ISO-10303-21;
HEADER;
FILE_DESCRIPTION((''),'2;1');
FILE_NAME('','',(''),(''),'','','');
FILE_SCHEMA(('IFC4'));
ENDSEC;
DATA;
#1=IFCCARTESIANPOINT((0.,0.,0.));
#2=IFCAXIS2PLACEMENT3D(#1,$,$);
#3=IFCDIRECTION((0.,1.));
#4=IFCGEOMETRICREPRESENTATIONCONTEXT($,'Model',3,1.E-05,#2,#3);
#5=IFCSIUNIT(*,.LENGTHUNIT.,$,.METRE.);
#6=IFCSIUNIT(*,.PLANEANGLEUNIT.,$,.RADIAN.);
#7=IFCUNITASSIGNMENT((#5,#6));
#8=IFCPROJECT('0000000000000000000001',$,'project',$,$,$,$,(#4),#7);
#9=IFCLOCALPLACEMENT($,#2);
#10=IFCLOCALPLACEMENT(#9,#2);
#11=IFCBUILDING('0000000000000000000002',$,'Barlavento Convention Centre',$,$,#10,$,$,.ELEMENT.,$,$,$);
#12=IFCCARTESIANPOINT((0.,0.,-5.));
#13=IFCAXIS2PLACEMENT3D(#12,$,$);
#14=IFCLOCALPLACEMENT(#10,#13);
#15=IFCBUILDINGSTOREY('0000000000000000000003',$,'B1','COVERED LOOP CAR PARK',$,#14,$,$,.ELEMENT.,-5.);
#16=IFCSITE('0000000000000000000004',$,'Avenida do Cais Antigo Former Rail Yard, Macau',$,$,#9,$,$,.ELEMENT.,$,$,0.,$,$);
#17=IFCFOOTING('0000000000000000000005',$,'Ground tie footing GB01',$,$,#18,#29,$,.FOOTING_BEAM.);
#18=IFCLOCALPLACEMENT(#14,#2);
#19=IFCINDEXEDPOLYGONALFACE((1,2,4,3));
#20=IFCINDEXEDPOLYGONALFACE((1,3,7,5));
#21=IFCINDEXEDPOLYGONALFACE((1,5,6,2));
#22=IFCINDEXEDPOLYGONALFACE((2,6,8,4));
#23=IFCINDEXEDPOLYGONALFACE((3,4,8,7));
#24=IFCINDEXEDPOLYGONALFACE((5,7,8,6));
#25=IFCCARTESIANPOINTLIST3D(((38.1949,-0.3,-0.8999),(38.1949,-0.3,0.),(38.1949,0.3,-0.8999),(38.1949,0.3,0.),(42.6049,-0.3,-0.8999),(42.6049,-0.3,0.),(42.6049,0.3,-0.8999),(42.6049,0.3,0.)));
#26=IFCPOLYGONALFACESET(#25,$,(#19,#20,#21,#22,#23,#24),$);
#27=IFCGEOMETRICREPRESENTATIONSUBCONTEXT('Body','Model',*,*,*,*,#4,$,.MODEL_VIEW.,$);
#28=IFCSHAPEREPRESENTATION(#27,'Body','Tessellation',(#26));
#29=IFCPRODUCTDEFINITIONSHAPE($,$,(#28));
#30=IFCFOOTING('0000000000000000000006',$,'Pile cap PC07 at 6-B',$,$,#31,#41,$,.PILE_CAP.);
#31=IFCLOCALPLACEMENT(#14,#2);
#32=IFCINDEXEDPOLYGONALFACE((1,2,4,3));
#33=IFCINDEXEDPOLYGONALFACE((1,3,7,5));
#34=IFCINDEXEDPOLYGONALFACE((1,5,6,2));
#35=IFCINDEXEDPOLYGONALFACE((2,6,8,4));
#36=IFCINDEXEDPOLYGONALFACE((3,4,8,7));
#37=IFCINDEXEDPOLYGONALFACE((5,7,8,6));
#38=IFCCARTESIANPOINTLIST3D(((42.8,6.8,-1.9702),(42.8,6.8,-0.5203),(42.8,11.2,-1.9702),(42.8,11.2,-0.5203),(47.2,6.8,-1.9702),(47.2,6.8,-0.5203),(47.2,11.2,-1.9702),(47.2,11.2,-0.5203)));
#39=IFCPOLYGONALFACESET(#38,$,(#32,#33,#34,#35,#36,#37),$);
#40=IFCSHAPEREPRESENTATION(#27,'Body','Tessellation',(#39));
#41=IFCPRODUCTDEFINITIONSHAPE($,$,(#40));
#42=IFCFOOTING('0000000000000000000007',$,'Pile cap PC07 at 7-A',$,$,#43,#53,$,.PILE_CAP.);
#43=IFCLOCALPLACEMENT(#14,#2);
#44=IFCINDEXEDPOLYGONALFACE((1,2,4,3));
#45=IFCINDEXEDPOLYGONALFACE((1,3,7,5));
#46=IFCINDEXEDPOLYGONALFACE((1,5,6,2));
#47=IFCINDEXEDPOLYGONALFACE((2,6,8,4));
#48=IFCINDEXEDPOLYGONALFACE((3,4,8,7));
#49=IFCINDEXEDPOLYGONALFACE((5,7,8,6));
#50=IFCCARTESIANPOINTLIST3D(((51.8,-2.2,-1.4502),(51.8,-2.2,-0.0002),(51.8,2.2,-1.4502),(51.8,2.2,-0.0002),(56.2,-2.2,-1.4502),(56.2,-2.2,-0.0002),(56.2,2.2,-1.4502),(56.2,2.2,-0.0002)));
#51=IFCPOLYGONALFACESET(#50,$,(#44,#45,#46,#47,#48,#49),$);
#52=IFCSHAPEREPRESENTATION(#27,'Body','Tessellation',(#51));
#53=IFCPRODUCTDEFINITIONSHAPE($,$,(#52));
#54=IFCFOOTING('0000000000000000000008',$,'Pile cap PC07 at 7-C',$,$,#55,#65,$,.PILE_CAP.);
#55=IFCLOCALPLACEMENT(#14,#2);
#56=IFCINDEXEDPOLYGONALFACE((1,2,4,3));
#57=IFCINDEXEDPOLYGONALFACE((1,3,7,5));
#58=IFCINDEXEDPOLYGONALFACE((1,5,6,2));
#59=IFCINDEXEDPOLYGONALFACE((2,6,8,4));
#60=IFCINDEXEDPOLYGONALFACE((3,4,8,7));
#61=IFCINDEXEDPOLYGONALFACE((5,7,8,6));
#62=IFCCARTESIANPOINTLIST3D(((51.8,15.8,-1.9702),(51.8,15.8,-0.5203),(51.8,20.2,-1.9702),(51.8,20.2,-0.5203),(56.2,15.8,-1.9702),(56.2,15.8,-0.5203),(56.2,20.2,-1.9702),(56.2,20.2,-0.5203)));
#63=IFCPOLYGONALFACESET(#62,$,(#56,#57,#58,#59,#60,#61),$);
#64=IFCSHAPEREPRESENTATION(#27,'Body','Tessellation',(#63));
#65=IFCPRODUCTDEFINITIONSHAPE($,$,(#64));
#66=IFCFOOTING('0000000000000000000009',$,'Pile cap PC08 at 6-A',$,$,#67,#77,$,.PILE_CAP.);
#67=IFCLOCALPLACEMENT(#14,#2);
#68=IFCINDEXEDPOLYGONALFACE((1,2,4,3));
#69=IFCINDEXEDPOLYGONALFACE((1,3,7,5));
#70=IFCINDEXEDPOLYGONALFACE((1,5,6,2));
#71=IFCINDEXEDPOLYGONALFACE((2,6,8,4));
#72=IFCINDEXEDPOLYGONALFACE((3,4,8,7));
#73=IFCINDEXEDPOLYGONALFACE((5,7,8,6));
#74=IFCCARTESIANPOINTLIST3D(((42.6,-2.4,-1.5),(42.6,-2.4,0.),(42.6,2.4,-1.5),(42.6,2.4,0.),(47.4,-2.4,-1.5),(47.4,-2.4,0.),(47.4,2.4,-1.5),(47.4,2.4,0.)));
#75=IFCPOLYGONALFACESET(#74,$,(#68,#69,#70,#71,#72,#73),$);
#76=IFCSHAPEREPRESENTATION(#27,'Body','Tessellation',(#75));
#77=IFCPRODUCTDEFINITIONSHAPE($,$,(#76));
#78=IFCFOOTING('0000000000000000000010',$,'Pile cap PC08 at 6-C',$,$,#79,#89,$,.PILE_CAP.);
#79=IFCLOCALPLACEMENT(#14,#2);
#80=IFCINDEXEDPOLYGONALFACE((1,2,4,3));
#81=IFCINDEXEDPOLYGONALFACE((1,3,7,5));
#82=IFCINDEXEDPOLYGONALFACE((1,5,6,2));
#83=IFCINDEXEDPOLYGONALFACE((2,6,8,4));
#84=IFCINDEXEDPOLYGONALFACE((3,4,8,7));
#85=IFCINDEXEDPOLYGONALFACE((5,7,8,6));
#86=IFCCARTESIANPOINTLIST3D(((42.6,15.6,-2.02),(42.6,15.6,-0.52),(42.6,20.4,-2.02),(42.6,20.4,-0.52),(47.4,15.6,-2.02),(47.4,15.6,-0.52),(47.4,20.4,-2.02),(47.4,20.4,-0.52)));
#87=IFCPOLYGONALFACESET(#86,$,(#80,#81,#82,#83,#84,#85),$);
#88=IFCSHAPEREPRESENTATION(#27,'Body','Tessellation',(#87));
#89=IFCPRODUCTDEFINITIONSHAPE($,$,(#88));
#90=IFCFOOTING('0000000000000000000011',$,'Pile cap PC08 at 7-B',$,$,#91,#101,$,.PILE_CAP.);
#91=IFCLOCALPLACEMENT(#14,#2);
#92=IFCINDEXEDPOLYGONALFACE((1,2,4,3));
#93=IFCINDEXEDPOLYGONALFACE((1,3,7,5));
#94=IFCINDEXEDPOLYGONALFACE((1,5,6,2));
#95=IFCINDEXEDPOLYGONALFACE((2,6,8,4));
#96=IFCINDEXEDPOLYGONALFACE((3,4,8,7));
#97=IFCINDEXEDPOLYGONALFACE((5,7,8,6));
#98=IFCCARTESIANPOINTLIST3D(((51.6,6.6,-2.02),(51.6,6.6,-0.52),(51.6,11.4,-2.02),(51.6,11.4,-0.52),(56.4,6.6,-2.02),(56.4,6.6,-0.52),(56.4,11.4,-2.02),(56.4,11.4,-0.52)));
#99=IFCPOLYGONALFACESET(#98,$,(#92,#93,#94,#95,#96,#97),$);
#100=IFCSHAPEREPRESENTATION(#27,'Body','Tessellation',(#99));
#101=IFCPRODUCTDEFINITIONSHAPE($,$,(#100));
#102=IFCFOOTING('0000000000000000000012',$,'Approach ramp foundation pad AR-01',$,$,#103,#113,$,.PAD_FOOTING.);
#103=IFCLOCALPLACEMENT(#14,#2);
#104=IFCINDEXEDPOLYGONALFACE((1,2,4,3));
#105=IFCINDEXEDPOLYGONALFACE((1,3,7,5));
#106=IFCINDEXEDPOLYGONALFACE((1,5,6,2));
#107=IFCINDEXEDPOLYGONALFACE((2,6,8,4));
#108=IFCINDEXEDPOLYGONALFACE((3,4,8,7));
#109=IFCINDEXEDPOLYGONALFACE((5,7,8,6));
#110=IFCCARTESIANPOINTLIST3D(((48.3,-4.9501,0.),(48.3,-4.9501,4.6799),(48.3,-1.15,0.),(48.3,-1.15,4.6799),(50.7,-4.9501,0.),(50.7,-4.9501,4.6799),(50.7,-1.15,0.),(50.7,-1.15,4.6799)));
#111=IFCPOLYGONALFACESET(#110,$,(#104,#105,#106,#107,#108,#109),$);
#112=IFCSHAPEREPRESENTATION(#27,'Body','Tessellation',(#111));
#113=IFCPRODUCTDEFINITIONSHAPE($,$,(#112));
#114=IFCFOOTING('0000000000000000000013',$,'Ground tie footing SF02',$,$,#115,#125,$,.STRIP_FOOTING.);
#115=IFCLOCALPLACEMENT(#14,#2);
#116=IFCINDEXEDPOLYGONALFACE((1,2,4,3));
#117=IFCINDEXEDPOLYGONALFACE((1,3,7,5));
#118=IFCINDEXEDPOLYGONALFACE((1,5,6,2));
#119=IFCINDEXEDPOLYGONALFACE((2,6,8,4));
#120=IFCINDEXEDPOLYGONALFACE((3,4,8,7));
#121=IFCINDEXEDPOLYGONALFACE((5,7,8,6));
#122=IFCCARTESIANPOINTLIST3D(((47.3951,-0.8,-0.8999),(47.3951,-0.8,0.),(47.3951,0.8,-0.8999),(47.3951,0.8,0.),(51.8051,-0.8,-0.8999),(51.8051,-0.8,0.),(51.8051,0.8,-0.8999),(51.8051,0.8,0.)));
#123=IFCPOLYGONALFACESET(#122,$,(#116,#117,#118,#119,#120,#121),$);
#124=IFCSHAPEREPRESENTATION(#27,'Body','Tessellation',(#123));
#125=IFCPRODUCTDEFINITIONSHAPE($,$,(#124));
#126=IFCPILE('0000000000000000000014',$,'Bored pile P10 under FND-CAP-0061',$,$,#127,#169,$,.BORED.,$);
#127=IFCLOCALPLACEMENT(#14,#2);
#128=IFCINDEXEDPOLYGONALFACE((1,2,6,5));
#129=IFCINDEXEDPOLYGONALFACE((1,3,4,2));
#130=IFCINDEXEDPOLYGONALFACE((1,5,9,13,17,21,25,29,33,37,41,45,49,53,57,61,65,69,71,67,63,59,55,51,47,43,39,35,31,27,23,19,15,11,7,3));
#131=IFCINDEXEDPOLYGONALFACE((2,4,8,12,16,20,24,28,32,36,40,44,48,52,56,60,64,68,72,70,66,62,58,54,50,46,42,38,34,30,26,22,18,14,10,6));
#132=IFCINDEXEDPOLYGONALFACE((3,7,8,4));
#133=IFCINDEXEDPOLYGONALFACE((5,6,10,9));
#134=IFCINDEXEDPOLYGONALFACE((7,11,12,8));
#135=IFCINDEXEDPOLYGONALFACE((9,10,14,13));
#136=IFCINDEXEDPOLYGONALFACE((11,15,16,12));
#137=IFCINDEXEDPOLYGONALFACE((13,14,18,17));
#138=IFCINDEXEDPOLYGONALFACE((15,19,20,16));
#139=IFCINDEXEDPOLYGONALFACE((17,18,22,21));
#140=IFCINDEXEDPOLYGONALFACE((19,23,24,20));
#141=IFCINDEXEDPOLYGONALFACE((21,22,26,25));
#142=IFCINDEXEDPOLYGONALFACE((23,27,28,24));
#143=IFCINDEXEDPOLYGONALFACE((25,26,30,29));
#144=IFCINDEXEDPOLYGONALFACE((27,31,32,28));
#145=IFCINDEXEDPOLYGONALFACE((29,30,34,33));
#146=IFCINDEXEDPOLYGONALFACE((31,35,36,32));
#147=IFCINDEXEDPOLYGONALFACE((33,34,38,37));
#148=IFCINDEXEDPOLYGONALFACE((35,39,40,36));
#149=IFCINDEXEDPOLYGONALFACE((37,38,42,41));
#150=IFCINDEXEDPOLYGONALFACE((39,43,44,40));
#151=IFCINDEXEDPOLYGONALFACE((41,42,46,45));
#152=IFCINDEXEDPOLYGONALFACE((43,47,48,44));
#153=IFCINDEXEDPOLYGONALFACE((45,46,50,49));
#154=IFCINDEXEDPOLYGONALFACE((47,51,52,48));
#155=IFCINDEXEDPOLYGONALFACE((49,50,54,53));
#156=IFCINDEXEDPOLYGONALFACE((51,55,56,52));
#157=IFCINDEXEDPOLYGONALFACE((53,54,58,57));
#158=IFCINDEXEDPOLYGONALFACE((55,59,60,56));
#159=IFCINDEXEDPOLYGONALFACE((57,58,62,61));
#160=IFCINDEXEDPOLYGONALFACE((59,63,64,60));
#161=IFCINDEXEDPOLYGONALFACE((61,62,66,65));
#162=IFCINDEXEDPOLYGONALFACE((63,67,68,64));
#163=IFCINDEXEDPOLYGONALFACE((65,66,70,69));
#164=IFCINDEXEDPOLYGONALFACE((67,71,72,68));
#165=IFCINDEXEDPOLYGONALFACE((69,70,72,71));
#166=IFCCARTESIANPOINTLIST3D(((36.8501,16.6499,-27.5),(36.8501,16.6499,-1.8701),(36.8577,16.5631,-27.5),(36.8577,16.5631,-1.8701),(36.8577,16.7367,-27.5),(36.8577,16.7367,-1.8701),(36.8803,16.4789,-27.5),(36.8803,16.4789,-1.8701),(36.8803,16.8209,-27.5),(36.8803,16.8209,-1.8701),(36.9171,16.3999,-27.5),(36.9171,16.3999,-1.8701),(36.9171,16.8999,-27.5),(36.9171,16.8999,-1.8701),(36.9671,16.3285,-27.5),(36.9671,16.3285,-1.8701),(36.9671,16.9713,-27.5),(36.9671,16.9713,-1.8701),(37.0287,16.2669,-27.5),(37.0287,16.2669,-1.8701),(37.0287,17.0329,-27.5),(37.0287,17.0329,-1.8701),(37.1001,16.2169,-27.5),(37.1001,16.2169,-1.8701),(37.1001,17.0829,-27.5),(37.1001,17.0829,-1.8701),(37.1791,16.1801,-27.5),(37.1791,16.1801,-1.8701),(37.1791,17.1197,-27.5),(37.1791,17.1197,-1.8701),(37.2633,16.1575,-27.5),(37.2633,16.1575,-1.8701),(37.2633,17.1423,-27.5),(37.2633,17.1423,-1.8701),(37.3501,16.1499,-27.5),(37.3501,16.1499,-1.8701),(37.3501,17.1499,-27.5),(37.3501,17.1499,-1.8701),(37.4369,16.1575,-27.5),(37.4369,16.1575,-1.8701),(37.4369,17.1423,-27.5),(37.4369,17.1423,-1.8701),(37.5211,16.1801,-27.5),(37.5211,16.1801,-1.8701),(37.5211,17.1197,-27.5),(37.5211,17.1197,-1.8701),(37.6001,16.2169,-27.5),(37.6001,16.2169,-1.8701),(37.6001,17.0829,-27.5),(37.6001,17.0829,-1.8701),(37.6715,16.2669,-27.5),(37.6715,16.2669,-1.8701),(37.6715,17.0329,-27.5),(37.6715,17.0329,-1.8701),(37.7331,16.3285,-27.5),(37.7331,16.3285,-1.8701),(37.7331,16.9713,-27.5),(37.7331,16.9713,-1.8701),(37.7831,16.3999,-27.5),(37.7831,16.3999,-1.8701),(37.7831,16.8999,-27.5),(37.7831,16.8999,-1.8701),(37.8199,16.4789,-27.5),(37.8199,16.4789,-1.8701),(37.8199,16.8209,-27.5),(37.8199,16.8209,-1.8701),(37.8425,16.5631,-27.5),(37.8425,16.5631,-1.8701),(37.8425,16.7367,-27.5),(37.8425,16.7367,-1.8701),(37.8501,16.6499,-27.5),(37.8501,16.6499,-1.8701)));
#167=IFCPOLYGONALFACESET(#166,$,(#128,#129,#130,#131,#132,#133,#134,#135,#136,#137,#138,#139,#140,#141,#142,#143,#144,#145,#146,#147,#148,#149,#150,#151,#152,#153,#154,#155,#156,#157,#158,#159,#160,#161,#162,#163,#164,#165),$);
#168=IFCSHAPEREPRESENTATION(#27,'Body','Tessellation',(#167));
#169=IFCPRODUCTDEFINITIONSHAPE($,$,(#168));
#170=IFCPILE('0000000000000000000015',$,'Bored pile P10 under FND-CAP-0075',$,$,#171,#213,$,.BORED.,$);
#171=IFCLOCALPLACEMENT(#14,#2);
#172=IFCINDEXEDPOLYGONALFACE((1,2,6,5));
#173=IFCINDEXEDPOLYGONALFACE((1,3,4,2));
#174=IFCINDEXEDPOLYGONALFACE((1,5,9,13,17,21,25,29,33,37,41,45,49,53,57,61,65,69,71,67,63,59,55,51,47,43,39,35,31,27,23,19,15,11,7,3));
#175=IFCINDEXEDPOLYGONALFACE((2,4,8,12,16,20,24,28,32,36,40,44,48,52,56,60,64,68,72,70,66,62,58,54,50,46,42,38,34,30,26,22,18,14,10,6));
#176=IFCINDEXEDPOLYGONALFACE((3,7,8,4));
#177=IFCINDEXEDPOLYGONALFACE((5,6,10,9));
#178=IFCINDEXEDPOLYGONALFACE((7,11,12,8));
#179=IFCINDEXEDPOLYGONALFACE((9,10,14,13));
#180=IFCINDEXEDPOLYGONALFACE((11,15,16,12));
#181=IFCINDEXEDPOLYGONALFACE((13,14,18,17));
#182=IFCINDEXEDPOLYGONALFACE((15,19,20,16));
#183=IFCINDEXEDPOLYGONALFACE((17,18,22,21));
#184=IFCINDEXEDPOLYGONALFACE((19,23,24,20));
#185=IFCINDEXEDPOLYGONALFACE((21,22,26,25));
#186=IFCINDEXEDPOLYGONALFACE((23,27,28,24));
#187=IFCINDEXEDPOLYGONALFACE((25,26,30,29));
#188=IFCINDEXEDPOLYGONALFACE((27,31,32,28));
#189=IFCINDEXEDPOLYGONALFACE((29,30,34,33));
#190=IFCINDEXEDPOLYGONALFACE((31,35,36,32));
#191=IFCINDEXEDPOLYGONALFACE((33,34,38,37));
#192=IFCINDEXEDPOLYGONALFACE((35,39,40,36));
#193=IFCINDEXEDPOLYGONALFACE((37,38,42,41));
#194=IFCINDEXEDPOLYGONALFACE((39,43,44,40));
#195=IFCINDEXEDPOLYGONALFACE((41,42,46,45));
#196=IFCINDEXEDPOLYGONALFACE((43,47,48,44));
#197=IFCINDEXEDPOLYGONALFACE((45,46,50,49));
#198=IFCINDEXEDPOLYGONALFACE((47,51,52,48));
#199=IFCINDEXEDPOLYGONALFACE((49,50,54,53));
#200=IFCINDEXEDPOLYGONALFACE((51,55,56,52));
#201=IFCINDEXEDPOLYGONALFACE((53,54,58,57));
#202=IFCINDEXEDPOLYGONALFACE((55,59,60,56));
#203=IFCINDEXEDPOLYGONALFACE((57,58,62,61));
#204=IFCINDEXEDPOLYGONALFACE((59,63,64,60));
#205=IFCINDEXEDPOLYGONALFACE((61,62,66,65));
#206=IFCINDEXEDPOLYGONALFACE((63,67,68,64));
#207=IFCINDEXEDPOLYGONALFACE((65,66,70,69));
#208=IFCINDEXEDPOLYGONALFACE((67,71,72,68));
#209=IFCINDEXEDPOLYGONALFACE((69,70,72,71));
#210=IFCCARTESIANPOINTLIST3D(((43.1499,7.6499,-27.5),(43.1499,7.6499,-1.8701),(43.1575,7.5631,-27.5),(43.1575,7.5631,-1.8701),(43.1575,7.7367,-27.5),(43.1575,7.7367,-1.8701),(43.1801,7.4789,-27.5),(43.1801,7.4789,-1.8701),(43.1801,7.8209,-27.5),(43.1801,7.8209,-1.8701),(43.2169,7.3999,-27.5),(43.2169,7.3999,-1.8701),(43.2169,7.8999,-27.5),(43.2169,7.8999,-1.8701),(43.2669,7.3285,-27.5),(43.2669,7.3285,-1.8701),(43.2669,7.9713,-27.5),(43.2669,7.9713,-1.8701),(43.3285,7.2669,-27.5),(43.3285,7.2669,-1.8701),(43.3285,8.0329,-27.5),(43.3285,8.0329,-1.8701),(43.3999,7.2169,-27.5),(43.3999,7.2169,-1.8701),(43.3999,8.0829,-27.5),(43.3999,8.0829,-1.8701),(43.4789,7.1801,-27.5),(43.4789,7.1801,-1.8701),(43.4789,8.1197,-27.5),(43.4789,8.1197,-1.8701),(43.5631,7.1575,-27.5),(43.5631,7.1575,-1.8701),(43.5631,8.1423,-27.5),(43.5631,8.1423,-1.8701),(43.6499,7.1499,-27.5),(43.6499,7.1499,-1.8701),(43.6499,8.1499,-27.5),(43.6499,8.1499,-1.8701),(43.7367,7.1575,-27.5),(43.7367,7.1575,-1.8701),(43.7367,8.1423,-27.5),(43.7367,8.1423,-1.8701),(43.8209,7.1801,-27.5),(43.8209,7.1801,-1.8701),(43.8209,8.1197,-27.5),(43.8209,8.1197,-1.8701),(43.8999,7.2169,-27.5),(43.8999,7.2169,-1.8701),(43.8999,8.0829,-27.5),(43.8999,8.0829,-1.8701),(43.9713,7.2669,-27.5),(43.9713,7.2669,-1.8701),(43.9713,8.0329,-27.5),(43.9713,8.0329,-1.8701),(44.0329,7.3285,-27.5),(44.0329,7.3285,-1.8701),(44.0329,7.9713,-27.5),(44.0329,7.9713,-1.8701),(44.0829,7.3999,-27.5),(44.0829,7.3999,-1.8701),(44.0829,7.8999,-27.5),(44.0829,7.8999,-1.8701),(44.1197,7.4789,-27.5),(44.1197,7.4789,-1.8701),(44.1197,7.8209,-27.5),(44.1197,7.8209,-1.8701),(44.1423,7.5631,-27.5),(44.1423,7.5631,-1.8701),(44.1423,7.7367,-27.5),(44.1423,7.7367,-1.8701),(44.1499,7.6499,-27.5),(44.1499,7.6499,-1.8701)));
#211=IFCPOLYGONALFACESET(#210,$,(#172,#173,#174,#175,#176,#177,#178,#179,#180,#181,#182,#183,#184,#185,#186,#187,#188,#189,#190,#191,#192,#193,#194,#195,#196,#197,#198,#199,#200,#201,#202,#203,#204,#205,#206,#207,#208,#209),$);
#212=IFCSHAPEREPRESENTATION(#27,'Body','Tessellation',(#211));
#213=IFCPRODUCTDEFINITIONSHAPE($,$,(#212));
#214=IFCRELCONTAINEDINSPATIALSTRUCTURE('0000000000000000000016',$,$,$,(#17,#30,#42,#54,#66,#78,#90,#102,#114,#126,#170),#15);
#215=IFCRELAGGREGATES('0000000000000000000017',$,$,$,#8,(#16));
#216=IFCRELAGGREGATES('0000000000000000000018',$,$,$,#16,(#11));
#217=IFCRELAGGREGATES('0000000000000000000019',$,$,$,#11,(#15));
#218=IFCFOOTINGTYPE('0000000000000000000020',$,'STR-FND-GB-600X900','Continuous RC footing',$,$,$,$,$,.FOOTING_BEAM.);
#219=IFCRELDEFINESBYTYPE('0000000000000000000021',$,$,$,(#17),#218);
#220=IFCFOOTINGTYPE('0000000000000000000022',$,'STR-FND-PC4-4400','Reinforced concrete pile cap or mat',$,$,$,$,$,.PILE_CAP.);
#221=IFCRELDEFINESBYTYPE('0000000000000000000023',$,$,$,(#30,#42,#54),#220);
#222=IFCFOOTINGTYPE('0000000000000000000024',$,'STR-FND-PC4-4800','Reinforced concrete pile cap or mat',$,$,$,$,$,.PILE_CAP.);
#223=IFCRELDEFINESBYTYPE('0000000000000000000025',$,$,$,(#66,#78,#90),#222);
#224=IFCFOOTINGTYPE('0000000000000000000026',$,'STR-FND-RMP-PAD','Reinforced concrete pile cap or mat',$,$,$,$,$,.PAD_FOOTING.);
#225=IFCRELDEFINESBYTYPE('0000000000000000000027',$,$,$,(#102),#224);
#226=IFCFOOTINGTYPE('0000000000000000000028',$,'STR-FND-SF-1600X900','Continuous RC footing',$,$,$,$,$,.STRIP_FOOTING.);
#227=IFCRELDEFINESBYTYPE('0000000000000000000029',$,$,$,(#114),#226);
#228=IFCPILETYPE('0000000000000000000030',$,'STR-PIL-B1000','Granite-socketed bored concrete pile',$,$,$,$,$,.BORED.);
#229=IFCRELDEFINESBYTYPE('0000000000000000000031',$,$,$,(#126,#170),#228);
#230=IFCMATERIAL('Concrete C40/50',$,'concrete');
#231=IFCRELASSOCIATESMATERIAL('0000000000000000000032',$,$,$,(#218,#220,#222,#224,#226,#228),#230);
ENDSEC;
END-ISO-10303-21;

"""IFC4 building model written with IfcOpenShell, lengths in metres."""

from ifc_helpers import new_model, si_unit, direction, frame, origin, origin_2d, place, context, subcontext, project, spatial, rectangle, circle, extrude, material, material_profile, profile_set, type_object, element, save


model = new_model("IFC4")

# Units and contexts
model_context = context("Model", 3, precision=1e-05, world=origin(), true_north=direction((0.0, 1.0)))
body_context = subcontext(model_context, "Body", "Model", "MODEL_VIEW")
ifc_project = project(units=[si_unit("LENGTHUNIT", "METRE"), si_unit("PLANEANGLEUNIT", "RADIAN")], contexts=[model_context])

# Site, building, storey
site_placement = place(None, origin())
site = spatial("IfcSite", under=ifc_project, at=site_placement, Name="Avenida do Cais Antigo Former Rail Yard, Macau", CompositionType="ELEMENT", RefElevation=0.0)
building_placement = place(site_placement, origin())
building = spatial("IfcBuilding", under=site, at=building_placement, Name="Barlavento Convention Centre", CompositionType="ELEMENT")
storey_placement = place(building_placement, frame((0.0, 0.0, -5.0)))
storey = spatial("IfcBuildingStorey", under=building, at=storey_placement, Name="B1", Description="COVERED LOOP CAR PARK", CompositionType="ELEMENT", Elevation=-5.0)

# Footings
ifc_material_1 = material(Name="Concrete C40/50", Category="concrete")
footing_type_1 = type_object("IfcFootingType", Name="STR-FND-GB-600X900", Description="Continuous RC footing", PredefinedType="FOOTING_BEAM", material=ifc_material_1)
footing_1_placement = place(storey_placement, frame((40.3999, 0.0, -0.8999), z_axis=(0.0, 0.0, 1.0), x_axis=(1.0, 0.0, 0.0)))
element("IfcFooting", 1, at=footing_1_placement, inside=storey, type_object=footing_type_1, Name="Ground tie footing GB01", PredefinedType="FOOTING_BEAM", context=body_context, shape_type="SweptSolid", body=[
    extrude(rectangle(XDim=4.4099, YDim=0.6001, at=origin_2d()), origin(), (0.0, 0.0, 1.0), 0.8999),
])
footing_type_2 = type_object("IfcFootingType", Name="STR-FND-PC4-4400", Description="Reinforced concrete pile cap or mat", PredefinedType="PILE_CAP", material=ifc_material_1)
for number, where, z_axis, x_axis, name in (
    (2, (45.0, 9.0, -1.9702), (0.0, 0.0, 1.0), (1.0, 0.0, 0.0), "Pile cap PC07 at 6-B"),
    (3, (54.0, 0.0, -1.4502), (0.0, 0.0, 1.0), (1.0, 0.0, 0.0), "Pile cap PC07 at 7-A"),
    (4, (54.0, 18.0, -1.9702), (0.0, 0.0, 1.0), (1.0, 0.0, 0.0), "Pile cap PC07 at 7-C"),
):
    element("IfcFooting", number, at=place(storey_placement, frame(where, z_axis=z_axis, x_axis=x_axis)), inside=storey, type_object=footing_type_2, Name=name, PredefinedType="PILE_CAP", context=body_context, shape_type="SweptSolid", body=[
        extrude(rectangle(XDim=4.3999, YDim=4.3999, at=origin_2d()), origin(), (0.0, 0.0, 1.0), 1.45),
    ])
footing_type_3 = type_object("IfcFootingType", Name="STR-FND-PC4-4800", Description="Reinforced concrete pile cap or mat", PredefinedType="PILE_CAP", material=ifc_material_1)
for number, where, z_axis, x_axis, name in (
    (5, (45.0, 0.0, -1.5), (0.0, 0.0, 1.0), (1.0, 0.0, 0.0), "Pile cap PC08 at 6-A"),
    (6, (45.0, 18.0, -2.02), (0.0, 0.0, 1.0), (1.0, 0.0, 0.0), "Pile cap PC08 at 6-C"),
    (7, (54.0, 9.0, -2.02), (0.0, 0.0, 1.0), (1.0, 0.0, 0.0), "Pile cap PC08 at 7-B"),
):
    element("IfcFooting", number, at=place(storey_placement, frame(where, z_axis=z_axis, x_axis=x_axis)), inside=storey, type_object=footing_type_3, Name=name, PredefinedType="PILE_CAP", context=body_context, shape_type="SweptSolid", body=[
        extrude(rectangle(XDim=4.8, YDim=4.8, at=origin_2d()), origin(), (0.0, 0.0, 1.0), 1.5),
    ])
footing_type_4 = type_object("IfcFootingType", Name="STR-FND-RMP-PAD", Description="Reinforced concrete pile cap or mat", PredefinedType="PAD_FOOTING", material=ifc_material_1)
footing_2_placement = place(storey_placement, frame((49.5, -3.05, 0.0), z_axis=(0.0, 0.0, 1.0), x_axis=(1.0, 0.0, 0.0)))
element("IfcFooting", 8, at=footing_2_placement, inside=storey, type_object=footing_type_4, Name="Approach ramp foundation pad AR-01", PredefinedType="PAD_FOOTING", context=body_context, shape_type="SweptSolid", body=[
    extrude(rectangle(XDim=2.3999, YDim=3.8, at=origin_2d()), origin(), (0.0, 0.0, 1.0), 4.6799),
])
footing_type_5 = type_object("IfcFootingType", Name="STR-FND-SF-1600X900", Description="Continuous RC footing", PredefinedType="STRIP_FOOTING", material=ifc_material_1)
footing_3_placement = place(storey_placement, frame((49.6001, 0.0, -0.8999), z_axis=(0.0, 0.0, 1.0), x_axis=(1.0, 0.0, 0.0)))
element("IfcFooting", 9, at=footing_3_placement, inside=storey, type_object=footing_type_5, Name="Ground tie footing SF02", PredefinedType="STRIP_FOOTING", context=body_context, shape_type="SweptSolid", body=[
    extrude(rectangle(XDim=4.4099, YDim=1.6001, at=origin_2d()), origin(), (0.0, 0.0, 1.0), 0.8999),
])

# Piles
ifc_material_profile_1 = material_profile(ifc_material_1, circle(Radius=0.5, at=origin_2d()), Name="BORED PILE 1000")
ifc_profile_set_1 = profile_set([ifc_material_profile_1], Name="Concrete C40/50")
pile_type_1 = type_object("IfcPileType", Name="STR-PIL-B1000", Description="Granite-socketed bored concrete pile", PredefinedType="BORED", material=ifc_profile_set_1)
for number, where, z_axis, x_axis, name in (
    (10, (37.3501, 16.6499, -1.8701), (0.0, 0.0, -1.0), (1.0, 0.0, 0.0), "Bored pile P10 under FND-CAP-0061"),
    (11, (43.6499, 7.6499, -1.8701), (0.0, 0.0, -1.0), (1.0, 0.0, 0.0), "Bored pile P10 under FND-CAP-0075"),
):
    element("IfcPile", number, at=place(storey_placement, frame(where, z_axis=z_axis, x_axis=x_axis)), inside=storey, type_object=pile_type_1, Name=name, PredefinedType="BORED", context=body_context, shape_type="SweptSolid", body=[
        extrude(circle(Radius=0.5, at=origin_2d()), origin(), (0.0, 0.0, 1.0), 25.6299),
    ])

save(model, "model.ifc")
